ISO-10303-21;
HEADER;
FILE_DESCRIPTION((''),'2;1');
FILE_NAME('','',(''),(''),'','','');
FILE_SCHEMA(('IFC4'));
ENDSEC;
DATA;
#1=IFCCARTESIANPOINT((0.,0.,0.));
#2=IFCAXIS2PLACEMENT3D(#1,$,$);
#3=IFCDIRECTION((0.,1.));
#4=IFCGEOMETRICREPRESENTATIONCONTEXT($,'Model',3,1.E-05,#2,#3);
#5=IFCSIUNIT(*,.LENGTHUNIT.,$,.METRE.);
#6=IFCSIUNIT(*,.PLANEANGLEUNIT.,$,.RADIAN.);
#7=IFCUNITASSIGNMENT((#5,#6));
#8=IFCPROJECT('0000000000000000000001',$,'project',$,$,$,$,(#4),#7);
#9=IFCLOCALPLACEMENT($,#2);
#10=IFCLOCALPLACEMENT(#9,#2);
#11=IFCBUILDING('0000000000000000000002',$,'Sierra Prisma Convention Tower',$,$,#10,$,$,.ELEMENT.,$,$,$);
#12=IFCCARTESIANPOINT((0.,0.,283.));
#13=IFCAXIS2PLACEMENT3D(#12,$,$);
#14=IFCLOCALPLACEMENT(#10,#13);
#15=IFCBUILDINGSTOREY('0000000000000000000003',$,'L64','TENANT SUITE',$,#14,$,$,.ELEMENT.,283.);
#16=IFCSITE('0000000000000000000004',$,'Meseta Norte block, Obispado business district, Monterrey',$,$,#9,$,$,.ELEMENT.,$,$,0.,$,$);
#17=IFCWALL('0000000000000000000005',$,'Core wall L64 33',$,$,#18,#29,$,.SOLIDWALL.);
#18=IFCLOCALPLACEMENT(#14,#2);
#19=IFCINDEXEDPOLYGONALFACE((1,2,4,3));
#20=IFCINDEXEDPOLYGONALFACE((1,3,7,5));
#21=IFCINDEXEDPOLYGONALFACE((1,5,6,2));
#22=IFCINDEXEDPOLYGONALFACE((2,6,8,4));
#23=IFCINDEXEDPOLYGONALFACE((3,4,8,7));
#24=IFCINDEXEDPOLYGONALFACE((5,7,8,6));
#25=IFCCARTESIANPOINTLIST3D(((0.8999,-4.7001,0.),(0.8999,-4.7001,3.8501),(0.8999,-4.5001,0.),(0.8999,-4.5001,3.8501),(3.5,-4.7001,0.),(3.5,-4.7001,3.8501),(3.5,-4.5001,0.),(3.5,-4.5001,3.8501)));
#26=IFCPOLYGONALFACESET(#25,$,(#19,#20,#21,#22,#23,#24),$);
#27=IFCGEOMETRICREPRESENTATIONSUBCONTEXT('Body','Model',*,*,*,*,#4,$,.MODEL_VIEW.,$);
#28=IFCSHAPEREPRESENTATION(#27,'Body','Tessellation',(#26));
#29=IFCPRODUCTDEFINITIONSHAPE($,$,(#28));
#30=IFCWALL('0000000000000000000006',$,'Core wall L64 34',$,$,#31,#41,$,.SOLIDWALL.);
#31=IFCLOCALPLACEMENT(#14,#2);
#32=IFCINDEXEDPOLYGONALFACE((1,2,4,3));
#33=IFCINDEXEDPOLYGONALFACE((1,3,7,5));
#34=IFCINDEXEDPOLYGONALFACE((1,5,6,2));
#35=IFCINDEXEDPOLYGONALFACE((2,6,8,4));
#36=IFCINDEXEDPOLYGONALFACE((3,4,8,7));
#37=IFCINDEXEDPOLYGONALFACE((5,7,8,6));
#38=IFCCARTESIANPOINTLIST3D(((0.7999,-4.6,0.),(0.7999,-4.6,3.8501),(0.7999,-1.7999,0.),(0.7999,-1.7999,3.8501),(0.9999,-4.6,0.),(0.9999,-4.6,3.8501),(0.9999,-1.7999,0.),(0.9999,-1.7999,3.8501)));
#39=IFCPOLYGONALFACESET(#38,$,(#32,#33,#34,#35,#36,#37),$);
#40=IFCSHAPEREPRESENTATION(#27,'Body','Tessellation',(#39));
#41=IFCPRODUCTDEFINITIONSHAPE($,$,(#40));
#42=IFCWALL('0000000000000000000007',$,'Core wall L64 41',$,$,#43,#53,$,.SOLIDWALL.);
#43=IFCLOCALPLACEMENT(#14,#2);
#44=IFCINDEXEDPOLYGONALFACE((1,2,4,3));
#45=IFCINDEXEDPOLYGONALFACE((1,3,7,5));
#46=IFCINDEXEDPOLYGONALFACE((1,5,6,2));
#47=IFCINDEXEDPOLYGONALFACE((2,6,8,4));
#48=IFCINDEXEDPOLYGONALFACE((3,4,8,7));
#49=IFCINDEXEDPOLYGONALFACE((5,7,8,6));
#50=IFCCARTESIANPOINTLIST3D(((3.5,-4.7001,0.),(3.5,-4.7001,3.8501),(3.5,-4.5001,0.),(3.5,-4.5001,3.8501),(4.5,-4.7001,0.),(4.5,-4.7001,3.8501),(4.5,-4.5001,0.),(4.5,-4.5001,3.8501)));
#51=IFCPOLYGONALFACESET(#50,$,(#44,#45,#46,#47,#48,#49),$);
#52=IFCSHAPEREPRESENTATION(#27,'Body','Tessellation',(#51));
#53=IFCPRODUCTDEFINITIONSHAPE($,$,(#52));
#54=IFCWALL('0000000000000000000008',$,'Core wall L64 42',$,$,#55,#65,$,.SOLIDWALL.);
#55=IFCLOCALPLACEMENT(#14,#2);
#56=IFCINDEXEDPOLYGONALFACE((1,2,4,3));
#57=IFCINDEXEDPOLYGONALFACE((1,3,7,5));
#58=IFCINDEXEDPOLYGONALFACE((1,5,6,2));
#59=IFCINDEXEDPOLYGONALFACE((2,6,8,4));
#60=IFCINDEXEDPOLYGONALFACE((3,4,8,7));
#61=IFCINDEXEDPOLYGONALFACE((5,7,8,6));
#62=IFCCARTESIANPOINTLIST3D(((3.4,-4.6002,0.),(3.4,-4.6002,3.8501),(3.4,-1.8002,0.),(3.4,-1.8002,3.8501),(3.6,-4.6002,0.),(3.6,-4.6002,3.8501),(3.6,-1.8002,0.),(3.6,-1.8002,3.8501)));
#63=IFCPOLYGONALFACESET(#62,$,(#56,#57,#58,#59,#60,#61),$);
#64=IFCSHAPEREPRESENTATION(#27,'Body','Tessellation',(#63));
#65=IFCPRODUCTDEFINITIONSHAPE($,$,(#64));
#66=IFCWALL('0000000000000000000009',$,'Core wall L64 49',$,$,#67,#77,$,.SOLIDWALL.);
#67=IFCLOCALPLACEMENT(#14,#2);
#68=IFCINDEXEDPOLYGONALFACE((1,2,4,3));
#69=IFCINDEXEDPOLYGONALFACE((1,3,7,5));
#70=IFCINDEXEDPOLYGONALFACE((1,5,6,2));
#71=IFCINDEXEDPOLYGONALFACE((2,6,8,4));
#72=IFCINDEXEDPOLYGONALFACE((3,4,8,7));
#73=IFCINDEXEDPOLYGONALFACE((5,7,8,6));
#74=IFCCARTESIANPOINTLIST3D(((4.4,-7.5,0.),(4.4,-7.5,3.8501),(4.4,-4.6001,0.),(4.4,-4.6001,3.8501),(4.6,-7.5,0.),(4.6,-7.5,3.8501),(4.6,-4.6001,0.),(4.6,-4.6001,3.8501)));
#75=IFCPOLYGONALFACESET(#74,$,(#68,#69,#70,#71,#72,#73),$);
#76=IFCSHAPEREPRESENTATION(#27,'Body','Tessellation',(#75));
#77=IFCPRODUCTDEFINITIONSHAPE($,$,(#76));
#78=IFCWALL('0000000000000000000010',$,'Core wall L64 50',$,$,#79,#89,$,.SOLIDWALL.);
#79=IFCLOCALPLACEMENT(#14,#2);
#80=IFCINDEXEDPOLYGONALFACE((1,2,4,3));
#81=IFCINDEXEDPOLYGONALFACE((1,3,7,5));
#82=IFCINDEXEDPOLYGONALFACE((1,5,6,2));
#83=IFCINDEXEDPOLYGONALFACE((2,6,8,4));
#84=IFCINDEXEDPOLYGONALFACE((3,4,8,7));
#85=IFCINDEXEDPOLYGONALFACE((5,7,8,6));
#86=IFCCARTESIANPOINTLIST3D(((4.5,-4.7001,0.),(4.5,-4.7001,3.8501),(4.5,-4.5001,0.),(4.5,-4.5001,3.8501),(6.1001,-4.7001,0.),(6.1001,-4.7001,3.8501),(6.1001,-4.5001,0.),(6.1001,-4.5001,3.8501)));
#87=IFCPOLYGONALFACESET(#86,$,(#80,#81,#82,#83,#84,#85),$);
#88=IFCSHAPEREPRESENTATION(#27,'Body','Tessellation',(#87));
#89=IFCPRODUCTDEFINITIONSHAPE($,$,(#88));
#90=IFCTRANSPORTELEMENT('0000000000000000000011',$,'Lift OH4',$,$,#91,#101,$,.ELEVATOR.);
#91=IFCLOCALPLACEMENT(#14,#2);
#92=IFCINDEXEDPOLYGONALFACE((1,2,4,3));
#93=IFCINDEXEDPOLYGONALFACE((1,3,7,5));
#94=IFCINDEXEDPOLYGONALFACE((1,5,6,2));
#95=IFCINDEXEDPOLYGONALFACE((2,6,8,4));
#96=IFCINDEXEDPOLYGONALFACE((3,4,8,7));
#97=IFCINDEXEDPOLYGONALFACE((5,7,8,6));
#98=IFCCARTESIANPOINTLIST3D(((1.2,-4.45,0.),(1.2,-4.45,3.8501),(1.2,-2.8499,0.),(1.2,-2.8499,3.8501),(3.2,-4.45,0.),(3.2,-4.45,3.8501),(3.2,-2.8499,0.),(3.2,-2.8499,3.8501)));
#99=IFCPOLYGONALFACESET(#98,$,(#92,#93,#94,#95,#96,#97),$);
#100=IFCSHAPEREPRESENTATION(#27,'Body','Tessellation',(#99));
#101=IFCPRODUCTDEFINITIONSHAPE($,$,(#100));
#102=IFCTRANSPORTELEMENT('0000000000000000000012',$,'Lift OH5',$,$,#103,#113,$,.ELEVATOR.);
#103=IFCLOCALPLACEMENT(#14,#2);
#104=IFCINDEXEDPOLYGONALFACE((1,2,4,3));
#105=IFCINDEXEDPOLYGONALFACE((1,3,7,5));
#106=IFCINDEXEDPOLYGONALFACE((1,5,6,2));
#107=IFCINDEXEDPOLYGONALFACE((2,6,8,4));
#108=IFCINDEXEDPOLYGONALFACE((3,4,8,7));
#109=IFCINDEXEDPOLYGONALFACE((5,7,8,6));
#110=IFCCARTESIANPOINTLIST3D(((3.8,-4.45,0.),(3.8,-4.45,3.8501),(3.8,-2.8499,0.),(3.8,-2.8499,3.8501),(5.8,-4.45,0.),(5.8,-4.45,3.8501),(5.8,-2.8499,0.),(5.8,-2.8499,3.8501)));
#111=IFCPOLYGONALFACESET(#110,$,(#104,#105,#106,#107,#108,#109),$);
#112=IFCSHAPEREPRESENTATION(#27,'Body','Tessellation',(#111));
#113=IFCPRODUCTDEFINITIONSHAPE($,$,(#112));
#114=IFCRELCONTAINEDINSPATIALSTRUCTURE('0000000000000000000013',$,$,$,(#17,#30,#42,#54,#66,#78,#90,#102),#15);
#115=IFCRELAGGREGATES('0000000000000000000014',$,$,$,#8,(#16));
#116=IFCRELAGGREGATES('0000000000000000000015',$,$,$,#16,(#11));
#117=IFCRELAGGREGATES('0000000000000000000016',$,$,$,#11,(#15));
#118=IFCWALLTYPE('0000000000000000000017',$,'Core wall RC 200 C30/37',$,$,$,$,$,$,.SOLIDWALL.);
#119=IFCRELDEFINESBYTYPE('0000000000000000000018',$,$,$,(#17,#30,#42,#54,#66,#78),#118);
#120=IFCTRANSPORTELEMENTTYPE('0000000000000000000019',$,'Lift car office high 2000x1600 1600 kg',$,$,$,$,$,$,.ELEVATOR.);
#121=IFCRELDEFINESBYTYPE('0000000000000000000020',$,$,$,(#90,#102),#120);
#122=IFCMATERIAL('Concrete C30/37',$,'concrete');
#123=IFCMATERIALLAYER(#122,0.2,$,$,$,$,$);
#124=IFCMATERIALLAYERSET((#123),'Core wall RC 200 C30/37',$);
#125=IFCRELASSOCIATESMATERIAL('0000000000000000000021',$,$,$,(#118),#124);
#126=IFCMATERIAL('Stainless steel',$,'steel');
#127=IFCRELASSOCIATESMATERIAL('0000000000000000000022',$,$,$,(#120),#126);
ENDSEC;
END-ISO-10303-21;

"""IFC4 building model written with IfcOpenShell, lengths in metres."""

from ifc_helpers import new_model, si_unit, direction, frame, frame_2d, origin, origin_2d, place, context, subcontext, project, spatial, rectangle, extrude, material, layer, layer_set, type_object, element, save


model = new_model("IFC4")

# Units and contexts
model_context = context("Model", 3, precision=1e-05, world=origin(), true_north=direction((0.0, 1.0)))
body_context = subcontext(model_context, "Body", "Model", "MODEL_VIEW")
ifc_project = project(units=[si_unit("LENGTHUNIT", "METRE"), si_unit("PLANEANGLEUNIT", "RADIAN")], contexts=[model_context])

# Site, building, storey
site_placement = place(None, origin())
site = spatial("IfcSite", under=ifc_project, at=site_placement, Name="Meseta Norte block, Obispado business district, Monterrey", CompositionType="ELEMENT", RefElevation=0.0)
building_placement = place(site_placement, origin())
building = spatial("IfcBuilding", under=site, at=building_placement, Name="Sierra Prisma Convention Tower", CompositionType="ELEMENT")
storey_placement = place(building_placement, frame((0.0, 0.0, 283.0)))
storey = spatial("IfcBuildingStorey", under=building, at=storey_placement, Name="L64", Description="TENANT SUITE", CompositionType="ELEMENT", Elevation=283.0)

# Shared definitions
ifc_material_1 = material(Name="Concrete C30/37", Category="concrete")
ifc_layer = layer(ifc_material_1, 0.2)
ifc_layer_set = layer_set([ifc_layer], Name="Core wall RC 200 C30/37")
wall_type = type_object("IfcWallType", Name="Core wall RC 200 C30/37", PredefinedType="SOLIDWALL", material=ifc_layer_set)

# Walls
wall_1_placement = place(storey_placement, frame((3.5, -4.6001, 0.0), z_axis=(0.0, 0.0, 1.0), x_axis=(-1.0, 0.0, 0.0)))
element("IfcWall", 1, at=wall_1_placement, inside=storey, type_object=wall_type, Name="Core wall L64 33", PredefinedType="SOLIDWALL", context=body_context, shape_type="SweptSolid", body=[
    extrude(rectangle(XDim=2.6001, YDim=0.2, at=frame_2d((1.3, 0.0))), origin(), (0.0, 0.0, 1.0), 3.8501),
])
wall_2_placement = place(storey_placement, frame((0.8999, -1.8, 0.0), z_axis=(0.0, 0.0, 1.0), x_axis=(0.0, -1.0, 0.0)))
element("IfcWall", 2, at=wall_2_placement, inside=storey, type_object=wall_type, Name="Core wall L64 34", PredefinedType="SOLIDWALL", context=body_context, shape_type="SweptSolid", body=[
    extrude(rectangle(XDim=2.8, YDim=0.2, at=frame_2d((1.3999, 0.0))), origin(), (0.0, 0.0, 1.0), 3.8501),
])

# Walls
wall_3_placement = place(storey_placement, frame((4.5, -4.6001, 0.0), z_axis=(0.0, 0.0, 1.0), x_axis=(-1.0, 0.0, 0.0)))
element("IfcWall", 3, at=wall_3_placement, inside=storey, type_object=wall_type, Name="Core wall L64 41", PredefinedType="SOLIDWALL", context=body_context, shape_type="SweptSolid", body=[
    extrude(rectangle(XDim=1.0, YDim=0.2, at=frame_2d((0.5, 0.0))), origin(), (0.0, 0.0, 1.0), 3.8501),
])
wall_4_placement = place(storey_placement, frame((3.5, -4.6001, 0.0), z_axis=(0.0, 0.0, 1.0), x_axis=(0.0, 1.0, 0.0)))
element("IfcWall", 4, at=wall_4_placement, inside=storey, type_object=wall_type, Name="Core wall L64 42", PredefinedType="SOLIDWALL", context=body_context, shape_type="SweptSolid", body=[
    extrude(rectangle(XDim=2.8, YDim=0.2, at=frame_2d((1.3999, 0.0))), origin(), (0.0, 0.0, 1.0), 3.8501),
])

# Walls
wall_5_placement = place(storey_placement, frame((4.5, -4.6001, 0.0), z_axis=(0.0, 0.0, 1.0), x_axis=(0.0, -1.0, 0.0)))
element("IfcWall", 5, at=wall_5_placement, inside=storey, type_object=wall_type, Name="Core wall L64 49", PredefinedType="SOLIDWALL", context=body_context, shape_type="SweptSolid", body=[
    extrude(rectangle(XDim=2.8999, YDim=0.2, at=frame_2d((1.45, 0.0))), origin(), (0.0, 0.0, 1.0), 3.8501),
])
wall_6_placement = place(storey_placement, frame((6.1001, -4.6001, 0.0), z_axis=(0.0, 0.0, 1.0), x_axis=(-1.0, 0.0, 0.0)))
element("IfcWall", 6, at=wall_6_placement, inside=storey, type_object=wall_type, Name="Core wall L64 50", PredefinedType="SOLIDWALL", context=body_context, shape_type="SweptSolid", body=[
    extrude(rectangle(XDim=1.6001, YDim=0.2, at=frame_2d((0.8, 0.0))), origin(), (0.0, 0.0, 1.0), 3.8501),
])

# Transport elements
ifc_material_2 = material(Name="Stainless steel", Category="steel")
transport_element_type = type_object("IfcTransportElementType", Name="Lift car office high 2000x1600 1600 kg", PredefinedType="ELEVATOR", material=ifc_material_2)
for number, where, z_axis, x_axis, name in (
    (7, (2.2, -3.6499, 0.0), (0.0, 0.0, 1.0), (1.0, 0.0, 0.0), "Lift OH4"),
    (8, (4.8, -3.6499, 0.0), (0.0, 0.0, 1.0), (1.0, 0.0, 0.0), "Lift OH5"),
):
    element("IfcTransportElement", number, at=place(storey_placement, frame(where, z_axis=z_axis, x_axis=x_axis)), inside=storey, type_object=transport_element_type, Name=name, PredefinedType="ELEVATOR", context=body_context, shape_type="SweptSolid", body=[
        extrude(rectangle(XDim=2.0, YDim=1.6001, at=origin_2d()), origin(), (0.0, 0.0, 1.0), 3.8501),
    ])

save(model, "model.ifc")
